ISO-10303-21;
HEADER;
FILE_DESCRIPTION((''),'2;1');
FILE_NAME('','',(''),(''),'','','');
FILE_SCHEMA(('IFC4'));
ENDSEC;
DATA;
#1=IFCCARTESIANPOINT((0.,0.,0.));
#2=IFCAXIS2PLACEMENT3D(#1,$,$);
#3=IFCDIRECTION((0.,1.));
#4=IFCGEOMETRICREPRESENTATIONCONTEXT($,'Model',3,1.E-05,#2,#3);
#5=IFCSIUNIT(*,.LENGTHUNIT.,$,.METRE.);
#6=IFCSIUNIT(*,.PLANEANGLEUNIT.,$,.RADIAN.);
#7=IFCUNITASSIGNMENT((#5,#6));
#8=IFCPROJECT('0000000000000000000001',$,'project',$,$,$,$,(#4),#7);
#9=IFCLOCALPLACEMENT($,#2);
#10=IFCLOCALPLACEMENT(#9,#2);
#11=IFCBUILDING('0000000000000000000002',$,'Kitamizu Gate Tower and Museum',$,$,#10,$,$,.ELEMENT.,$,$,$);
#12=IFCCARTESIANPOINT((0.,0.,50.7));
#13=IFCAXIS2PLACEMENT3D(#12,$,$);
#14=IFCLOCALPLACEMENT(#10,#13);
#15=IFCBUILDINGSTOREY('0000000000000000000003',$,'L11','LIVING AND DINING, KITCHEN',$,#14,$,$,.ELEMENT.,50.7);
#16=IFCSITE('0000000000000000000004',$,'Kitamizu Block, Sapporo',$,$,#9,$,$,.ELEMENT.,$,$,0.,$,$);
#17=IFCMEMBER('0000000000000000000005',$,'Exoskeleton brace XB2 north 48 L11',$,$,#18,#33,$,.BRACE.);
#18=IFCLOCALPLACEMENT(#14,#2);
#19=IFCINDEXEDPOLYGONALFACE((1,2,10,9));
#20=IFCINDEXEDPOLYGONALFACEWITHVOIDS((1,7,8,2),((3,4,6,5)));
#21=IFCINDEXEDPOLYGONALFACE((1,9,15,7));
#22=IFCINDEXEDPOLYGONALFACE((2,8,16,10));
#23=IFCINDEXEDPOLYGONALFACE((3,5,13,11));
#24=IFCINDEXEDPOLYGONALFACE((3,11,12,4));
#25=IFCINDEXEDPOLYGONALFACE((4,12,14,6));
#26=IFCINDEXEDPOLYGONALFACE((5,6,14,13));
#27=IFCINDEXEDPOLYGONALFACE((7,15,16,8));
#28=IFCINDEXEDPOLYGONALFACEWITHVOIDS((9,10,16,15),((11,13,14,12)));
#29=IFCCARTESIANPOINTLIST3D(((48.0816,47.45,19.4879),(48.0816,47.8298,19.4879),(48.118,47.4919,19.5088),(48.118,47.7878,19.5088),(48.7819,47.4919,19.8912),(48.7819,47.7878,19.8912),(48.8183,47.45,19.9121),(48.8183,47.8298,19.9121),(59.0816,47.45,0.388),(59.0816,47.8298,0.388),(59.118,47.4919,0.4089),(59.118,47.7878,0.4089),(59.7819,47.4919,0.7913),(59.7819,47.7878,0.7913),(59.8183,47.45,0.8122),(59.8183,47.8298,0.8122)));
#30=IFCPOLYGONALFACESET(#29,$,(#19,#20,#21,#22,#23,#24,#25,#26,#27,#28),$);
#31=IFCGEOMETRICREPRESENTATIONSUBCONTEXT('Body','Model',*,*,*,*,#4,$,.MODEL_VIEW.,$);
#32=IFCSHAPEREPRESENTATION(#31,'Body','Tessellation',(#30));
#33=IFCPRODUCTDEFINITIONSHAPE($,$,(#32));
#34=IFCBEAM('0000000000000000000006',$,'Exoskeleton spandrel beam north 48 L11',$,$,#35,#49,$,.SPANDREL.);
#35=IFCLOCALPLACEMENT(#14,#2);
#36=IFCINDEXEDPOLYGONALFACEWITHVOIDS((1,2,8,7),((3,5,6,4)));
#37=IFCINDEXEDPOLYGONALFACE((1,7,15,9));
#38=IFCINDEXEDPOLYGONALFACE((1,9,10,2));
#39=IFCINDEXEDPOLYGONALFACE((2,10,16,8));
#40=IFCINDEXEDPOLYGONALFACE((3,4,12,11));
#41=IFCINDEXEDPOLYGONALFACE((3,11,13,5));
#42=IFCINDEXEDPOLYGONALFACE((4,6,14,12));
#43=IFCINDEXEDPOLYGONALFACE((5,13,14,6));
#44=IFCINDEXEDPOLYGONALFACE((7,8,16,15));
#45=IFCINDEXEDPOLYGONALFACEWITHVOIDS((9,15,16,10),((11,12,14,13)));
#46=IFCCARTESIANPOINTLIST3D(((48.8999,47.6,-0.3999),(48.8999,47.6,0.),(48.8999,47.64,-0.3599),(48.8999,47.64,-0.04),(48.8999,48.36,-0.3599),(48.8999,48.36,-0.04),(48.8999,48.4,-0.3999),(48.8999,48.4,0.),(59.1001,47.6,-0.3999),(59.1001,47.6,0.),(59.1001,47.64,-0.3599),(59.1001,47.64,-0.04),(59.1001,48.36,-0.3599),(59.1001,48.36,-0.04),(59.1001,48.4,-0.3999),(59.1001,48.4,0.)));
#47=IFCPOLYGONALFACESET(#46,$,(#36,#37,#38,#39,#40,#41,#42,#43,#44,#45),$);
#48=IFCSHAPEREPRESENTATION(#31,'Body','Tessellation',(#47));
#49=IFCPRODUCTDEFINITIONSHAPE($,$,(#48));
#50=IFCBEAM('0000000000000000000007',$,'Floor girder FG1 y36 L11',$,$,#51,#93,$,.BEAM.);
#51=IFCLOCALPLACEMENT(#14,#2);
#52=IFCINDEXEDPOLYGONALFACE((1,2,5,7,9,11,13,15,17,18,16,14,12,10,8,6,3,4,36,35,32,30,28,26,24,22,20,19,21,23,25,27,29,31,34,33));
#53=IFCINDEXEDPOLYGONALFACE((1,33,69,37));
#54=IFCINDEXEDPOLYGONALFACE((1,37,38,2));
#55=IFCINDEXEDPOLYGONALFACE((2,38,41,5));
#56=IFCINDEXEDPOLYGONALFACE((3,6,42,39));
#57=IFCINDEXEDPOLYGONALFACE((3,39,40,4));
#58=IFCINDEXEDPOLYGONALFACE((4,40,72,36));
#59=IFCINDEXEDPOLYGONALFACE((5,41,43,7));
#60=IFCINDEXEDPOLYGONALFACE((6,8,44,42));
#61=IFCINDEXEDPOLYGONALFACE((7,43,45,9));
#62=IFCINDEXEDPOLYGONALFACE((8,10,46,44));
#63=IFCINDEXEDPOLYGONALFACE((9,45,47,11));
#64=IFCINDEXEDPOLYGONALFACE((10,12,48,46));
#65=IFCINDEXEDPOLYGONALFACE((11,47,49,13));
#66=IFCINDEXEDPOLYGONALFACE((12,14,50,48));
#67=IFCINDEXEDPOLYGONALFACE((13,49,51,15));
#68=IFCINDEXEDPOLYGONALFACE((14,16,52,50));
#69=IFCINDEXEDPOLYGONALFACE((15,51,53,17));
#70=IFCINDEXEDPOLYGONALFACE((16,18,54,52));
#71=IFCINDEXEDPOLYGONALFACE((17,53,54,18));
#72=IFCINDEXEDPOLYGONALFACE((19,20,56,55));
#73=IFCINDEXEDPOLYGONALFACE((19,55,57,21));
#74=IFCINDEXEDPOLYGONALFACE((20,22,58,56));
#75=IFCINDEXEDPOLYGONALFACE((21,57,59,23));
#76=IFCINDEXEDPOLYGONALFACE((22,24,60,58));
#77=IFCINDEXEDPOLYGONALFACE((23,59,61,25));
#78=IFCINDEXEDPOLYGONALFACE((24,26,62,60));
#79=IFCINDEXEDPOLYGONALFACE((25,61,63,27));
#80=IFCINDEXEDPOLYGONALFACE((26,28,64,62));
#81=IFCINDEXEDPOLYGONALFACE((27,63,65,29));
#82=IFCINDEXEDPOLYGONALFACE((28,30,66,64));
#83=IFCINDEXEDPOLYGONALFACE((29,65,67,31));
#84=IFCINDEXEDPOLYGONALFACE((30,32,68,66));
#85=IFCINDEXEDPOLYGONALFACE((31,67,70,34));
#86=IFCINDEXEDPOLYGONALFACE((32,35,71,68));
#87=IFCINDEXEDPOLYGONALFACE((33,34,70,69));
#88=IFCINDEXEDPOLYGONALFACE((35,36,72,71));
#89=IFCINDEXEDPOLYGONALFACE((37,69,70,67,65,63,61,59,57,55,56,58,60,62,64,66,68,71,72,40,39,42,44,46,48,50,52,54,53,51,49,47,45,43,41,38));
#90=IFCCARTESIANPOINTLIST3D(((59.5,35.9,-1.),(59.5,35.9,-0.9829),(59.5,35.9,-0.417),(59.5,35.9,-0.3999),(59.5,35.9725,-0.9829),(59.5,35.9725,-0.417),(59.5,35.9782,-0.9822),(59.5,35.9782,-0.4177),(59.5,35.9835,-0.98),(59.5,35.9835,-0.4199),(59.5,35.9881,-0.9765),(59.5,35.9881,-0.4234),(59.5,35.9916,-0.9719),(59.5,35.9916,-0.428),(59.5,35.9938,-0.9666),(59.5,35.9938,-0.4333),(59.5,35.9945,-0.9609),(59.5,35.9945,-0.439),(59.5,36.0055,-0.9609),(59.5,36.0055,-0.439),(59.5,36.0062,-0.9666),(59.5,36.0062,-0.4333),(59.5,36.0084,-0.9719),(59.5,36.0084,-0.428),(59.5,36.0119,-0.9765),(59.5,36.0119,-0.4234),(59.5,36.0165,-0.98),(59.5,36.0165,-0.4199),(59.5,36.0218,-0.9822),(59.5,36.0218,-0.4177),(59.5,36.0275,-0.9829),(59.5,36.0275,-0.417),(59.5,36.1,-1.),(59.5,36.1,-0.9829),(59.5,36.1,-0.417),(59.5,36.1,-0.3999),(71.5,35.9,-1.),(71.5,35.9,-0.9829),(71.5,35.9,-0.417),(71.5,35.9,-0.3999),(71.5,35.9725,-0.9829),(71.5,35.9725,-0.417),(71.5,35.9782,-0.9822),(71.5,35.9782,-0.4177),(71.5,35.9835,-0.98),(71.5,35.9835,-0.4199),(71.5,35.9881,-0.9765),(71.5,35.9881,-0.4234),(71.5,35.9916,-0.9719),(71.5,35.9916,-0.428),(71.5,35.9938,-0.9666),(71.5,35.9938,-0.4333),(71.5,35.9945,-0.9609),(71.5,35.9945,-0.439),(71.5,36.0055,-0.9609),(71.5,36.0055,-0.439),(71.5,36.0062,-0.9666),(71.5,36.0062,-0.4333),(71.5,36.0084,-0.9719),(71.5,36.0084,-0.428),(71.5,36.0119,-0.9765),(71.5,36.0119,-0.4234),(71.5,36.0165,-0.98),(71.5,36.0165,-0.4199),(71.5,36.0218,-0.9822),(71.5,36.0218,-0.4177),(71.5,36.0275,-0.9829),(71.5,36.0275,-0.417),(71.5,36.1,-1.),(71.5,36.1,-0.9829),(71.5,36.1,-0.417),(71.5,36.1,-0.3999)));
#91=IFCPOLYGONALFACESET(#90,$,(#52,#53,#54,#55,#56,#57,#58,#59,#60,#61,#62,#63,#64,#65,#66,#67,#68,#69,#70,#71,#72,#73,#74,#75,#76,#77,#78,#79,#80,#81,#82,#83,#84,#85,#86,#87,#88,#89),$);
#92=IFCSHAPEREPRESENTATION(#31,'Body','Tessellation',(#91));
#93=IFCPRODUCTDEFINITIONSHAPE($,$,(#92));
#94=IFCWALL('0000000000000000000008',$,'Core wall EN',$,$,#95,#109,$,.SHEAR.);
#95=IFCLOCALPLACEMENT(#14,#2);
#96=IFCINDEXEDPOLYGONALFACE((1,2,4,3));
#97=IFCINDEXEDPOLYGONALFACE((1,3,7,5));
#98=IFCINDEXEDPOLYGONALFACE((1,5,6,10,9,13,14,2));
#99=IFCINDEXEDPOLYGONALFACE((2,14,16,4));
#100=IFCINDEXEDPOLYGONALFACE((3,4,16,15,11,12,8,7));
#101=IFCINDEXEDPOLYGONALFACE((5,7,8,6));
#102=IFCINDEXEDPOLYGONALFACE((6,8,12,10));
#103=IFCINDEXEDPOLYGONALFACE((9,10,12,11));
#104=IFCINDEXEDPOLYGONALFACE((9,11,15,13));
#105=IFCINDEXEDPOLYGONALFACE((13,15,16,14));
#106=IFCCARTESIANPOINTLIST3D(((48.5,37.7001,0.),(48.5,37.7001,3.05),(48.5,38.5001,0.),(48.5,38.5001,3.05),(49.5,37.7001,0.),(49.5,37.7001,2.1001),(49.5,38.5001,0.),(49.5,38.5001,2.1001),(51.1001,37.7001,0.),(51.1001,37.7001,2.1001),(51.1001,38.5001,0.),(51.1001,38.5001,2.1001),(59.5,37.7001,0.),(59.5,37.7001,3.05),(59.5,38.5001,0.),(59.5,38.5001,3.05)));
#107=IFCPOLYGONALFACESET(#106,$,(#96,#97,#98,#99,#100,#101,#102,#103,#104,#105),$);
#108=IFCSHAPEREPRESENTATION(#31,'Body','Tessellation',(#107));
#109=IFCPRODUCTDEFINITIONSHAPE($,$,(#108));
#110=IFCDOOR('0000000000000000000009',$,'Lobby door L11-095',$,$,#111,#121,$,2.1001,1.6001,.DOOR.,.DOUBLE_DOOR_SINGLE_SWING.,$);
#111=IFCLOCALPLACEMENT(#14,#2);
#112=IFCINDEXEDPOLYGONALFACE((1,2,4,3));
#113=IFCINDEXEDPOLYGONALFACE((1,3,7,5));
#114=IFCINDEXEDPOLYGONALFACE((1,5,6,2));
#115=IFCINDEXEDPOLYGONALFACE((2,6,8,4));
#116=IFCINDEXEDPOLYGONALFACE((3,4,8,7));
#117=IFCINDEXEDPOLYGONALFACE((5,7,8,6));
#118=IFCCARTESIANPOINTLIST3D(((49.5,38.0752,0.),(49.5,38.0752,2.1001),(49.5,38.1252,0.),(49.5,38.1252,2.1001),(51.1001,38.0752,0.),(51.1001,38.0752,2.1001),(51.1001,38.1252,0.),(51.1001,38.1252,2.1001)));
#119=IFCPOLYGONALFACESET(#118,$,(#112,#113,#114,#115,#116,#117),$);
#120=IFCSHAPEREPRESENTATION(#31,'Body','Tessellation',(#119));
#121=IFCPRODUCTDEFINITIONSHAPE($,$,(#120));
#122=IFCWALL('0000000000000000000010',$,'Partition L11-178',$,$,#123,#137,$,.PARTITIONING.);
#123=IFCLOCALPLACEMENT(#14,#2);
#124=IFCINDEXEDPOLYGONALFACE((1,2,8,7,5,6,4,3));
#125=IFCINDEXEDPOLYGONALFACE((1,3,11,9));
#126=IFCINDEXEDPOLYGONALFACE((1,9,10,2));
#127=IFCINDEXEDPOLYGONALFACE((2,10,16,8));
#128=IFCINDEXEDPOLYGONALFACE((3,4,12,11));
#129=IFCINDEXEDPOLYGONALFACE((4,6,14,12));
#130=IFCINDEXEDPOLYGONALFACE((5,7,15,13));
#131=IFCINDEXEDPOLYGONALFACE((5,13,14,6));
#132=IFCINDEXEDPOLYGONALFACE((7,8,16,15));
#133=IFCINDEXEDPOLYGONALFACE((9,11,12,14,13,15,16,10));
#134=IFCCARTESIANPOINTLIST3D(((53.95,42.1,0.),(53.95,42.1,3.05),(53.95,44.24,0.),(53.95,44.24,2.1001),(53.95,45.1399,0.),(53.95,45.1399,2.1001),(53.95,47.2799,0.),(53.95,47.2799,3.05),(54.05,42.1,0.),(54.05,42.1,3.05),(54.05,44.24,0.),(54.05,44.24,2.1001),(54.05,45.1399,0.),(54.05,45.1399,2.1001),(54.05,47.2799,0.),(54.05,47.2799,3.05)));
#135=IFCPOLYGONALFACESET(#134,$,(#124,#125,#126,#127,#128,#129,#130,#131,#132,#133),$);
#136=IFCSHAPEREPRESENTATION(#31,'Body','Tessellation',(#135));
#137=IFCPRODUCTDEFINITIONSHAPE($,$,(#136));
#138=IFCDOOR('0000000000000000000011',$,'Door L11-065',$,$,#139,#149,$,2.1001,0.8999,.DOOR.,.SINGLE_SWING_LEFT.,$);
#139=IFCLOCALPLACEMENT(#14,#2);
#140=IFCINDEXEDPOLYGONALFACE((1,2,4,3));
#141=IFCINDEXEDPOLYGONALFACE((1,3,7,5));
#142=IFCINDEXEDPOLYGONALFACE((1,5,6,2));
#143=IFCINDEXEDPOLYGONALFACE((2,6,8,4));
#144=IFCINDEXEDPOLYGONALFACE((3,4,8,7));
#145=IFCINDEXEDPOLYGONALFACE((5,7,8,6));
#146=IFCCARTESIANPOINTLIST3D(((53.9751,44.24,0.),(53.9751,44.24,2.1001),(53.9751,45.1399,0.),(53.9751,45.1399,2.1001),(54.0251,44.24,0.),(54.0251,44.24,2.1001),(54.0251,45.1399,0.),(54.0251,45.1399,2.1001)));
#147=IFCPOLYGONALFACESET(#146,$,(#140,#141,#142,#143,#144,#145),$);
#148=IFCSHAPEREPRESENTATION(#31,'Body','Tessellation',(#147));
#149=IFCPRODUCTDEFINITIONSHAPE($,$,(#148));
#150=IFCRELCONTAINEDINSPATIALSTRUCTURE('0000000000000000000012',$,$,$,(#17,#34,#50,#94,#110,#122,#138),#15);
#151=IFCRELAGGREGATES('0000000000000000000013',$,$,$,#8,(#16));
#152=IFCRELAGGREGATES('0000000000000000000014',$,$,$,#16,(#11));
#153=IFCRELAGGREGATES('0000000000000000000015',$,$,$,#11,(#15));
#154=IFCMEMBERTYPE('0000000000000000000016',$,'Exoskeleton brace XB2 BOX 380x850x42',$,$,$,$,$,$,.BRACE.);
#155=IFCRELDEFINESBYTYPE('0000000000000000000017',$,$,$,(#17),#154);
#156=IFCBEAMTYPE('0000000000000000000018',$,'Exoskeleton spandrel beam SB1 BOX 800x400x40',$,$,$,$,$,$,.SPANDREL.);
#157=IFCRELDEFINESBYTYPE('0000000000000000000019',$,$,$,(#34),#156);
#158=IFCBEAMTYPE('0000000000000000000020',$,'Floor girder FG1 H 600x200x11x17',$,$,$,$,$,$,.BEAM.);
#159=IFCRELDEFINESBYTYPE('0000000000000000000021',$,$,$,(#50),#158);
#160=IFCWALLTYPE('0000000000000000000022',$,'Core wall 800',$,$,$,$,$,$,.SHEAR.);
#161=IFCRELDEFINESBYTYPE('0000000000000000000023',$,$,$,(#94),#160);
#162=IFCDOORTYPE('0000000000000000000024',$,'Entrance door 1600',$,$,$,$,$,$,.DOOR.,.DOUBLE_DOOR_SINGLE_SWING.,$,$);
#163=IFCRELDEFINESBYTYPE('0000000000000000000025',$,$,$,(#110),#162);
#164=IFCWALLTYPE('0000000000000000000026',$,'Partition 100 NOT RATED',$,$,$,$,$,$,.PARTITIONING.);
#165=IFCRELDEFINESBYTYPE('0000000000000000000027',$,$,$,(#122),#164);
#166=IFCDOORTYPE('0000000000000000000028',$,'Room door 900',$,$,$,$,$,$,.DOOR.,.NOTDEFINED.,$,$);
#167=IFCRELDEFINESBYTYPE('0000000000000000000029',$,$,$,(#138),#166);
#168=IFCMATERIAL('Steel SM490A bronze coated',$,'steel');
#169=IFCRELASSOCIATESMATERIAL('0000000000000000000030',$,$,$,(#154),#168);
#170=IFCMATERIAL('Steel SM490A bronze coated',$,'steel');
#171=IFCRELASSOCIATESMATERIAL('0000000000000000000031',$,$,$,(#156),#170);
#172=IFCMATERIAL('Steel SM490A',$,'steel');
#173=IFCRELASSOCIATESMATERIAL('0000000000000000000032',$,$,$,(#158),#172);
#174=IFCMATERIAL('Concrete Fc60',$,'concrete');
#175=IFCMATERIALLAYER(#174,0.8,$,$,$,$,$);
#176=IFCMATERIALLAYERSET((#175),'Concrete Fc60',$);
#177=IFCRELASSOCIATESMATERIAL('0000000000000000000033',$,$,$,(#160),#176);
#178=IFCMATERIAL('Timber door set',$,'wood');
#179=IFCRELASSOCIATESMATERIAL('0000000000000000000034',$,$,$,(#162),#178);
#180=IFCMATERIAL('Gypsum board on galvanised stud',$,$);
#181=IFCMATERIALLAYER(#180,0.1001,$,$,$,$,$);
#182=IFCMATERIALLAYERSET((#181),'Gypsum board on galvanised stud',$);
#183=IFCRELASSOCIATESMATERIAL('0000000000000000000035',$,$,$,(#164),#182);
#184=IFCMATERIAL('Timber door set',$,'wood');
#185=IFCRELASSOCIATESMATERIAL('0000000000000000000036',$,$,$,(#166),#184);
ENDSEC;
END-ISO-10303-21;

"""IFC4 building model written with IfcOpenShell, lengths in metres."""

from ifc_helpers import new_model, si_unit, direction, frame, frame_2d, origin, origin_2d, place, context, subcontext, project, spatial, rectangle, hollow_rectangle, i_section, extrude, material, layer, layer_set, material_profile, profile_set, type_object, element, fill, save


model = new_model("IFC4")

# Units and contexts
model_context = context("Model", 3, precision=1e-05, world=origin(), true_north=direction((0.0, 1.0)))
body_context = subcontext(model_context, "Body", "Model", "MODEL_VIEW")
ifc_project = project(units=[si_unit("LENGTHUNIT", "METRE"), si_unit("PLANEANGLEUNIT", "RADIAN")], contexts=[model_context])

# Site, building, storey
site_placement = place(None, origin())
site = spatial("IfcSite", under=ifc_project, at=site_placement, Name="Kitamizu Block, Sapporo", CompositionType="ELEMENT", RefElevation=0.0)
building_placement = place(site_placement, origin())
building = spatial("IfcBuilding", under=site, at=building_placement, Name="Kitamizu Gate Tower and Museum", CompositionType="ELEMENT")
storey_placement = place(building_placement, frame((0.0, 0.0, 50.7)))
storey = spatial("IfcBuildingStorey", under=building, at=storey_placement, Name="L11", Description="LIVING AND DINING, KITCHEN", CompositionType="ELEMENT", Elevation=50.7)

# Member
ifc_material_1 = material(Name="Steel SM490A bronze coated", Category="steel")
ifc_material_profile_1 = material_profile(ifc_material_1, hollow_rectangle(XDim=0.3799, YDim=0.8501, WallThickness=0.042, at=origin_2d()), Name="BOX 380x850x42")
ifc_profile_set_1 = profile_set([ifc_material_profile_1], Name="Steel SM490A bronze coated")
member_type = type_object("IfcMemberType", Name="Exoskeleton brace XB2 BOX 380x850x42", PredefinedType="BRACE", material=ifc_profile_set_1)
member_placement = place(storey_placement, frame((59.45, 47.6399, 0.6001), z_axis=(-0.499071, 0.0, 0.866561), x_axis=(0.0, -1.0, 0.0)))
element("IfcMember", 1, at=member_placement, inside=storey, type_object=member_type, Name="Exoskeleton brace XB2 north 48 L11", PredefinedType="BRACE", context=body_context, shape_type="SweptSolid", body=[
    extrude(hollow_rectangle(XDim=0.3799, YDim=0.8501, WallThickness=0.042, at=origin_2d()), origin(), (0.0, 0.0, 1.0), 22.041),
])

# Beams
ifc_material_2 = material(Name="Steel SM490A bronze coated", Category="steel")
ifc_material_profile_2 = material_profile(ifc_material_2, hollow_rectangle(XDim=0.8, YDim=0.3999, WallThickness=0.04, at=origin_2d()), Name="BOX 800x400x40")
ifc_profile_set_2 = profile_set([ifc_material_profile_2], Name="Steel SM490A bronze coated")
beam_type_1 = type_object("IfcBeamType", Name="Exoskeleton spandrel beam SB1 BOX 800x400x40", PredefinedType="SPANDREL", material=ifc_profile_set_2)
beam_1_placement = place(storey_placement, frame((48.8999, 48.0, -0.2), z_axis=(1.0, 0.0, 0.0), x_axis=(0.0, 1.0, 0.0)))
element("IfcBeam", 2, at=beam_1_placement, inside=storey, type_object=beam_type_1, Name="Exoskeleton spandrel beam north 48 L11", PredefinedType="SPANDREL", context=body_context, shape_type="SweptSolid", body=[
    extrude(hollow_rectangle(XDim=0.8, YDim=0.3999, WallThickness=0.04, at=origin_2d()), origin(), (0.0, 0.0, 1.0), 10.2002),
])
ifc_material_3 = material(Name="Steel SM490A", Category="steel")
ifc_material_profile_3 = material_profile(ifc_material_3, i_section(OverallWidth=0.2, OverallDepth=0.6001, WebThickness=0.011, FlangeThickness=0.0171, FilletRadius=0.022, at=origin_2d()), Name="H-600x200x11x17")
ifc_profile_set_3 = profile_set([ifc_material_profile_3], Name="Steel SM490A")
beam_type_2 = type_object("IfcBeamType", Name="Floor girder FG1 H 600x200x11x17", PredefinedType="BEAM", material=ifc_profile_set_3)
beam_2_placement = place(storey_placement, frame((59.5, 36.0, -0.7), z_axis=(1.0, 0.0, 0.0), x_axis=(0.0, 1.0, 0.0)))
element("IfcBeam", 3, at=beam_2_placement, inside=storey, type_object=beam_type_2, Name="Floor girder FG1 y36 L11", PredefinedType="BEAM", context=body_context, shape_type="SweptSolid", body=[
    extrude(i_section(OverallWidth=0.2, OverallDepth=0.6001, WebThickness=0.011, FlangeThickness=0.0171, FilletRadius=0.022, at=origin_2d()), origin(), (0.0, 0.0, 1.0), 12.0),
])

# Walls, openings, doors
ifc_material_4 = material(Name="Concrete Fc60", Category="concrete")
ifc_layer_1 = layer(ifc_material_4, 0.8)
ifc_layer_set_1 = layer_set([ifc_layer_1], Name="Concrete Fc60")
wall_type_1 = type_object("IfcWallType", Name="Core wall 800", PredefinedType="SHEAR", material=ifc_layer_set_1)
wall_1_placement = place(storey_placement, frame((59.5, 38.1001, 0.0), z_axis=(0.0, 0.0, 1.0), x_axis=(-1.0, 0.0, 0.0)))
wall_1 = element("IfcWall", 4, at=wall_1_placement, inside=storey, type_object=wall_type_1, Name="Core wall EN", PredefinedType="SHEAR", context=body_context, shape_type="SweptSolid", body=[
    extrude(rectangle(XDim=11.0, YDim=0.8, at=frame_2d((5.5, 0.0))), origin(), (0.0, 0.0, 1.0), 3.05),
])
opening_1_placement = place(wall_1_placement, frame((8.3999, 0.0, 0.0)))
opening_1 = element("IfcOpeningElement", 5, at=opening_1_placement, cuts=wall_1, PredefinedType="OPENING", context=body_context, shape_type="SweptSolid", body=[
    extrude(rectangle(XDim=1.6001, YDim=2.1001, at=frame_2d((0.8, 1.05))), frame((0.0, 0.4102, 0.0), z_axis=(0.0, -1.0, 0.0), x_axis=(1.0, 0.0, 0.0)), (0.0, 0.0, 1.0), 0.8201),
])
ifc_material_5 = material(Name="Timber door set", Category="wood")
door_type_1 = type_object("IfcDoorType", Name="Entrance door 1600", OperationType="DOUBLE_DOOR_SINGLE_SWING", PredefinedType="DOOR", material=ifc_material_5)
door_1_placement = place(opening_1_placement, origin())
door_1 = element("IfcDoor", 6, at=door_1_placement, inside=storey, type_object=door_type_1, Name="Lobby door L11-095", OperationType="DOUBLE_DOOR_SINGLE_SWING", OverallHeight=2.1001, OverallWidth=1.6001, PredefinedType="DOOR", context=body_context, shape_type="SweptSolid", body=[
    extrude(rectangle(XDim=1.6001, YDim=2.1001, at=frame_2d((0.8, 1.05))), frame((0.0, 0.0249, 0.0), z_axis=(0.0, -1.0, 0.0), x_axis=(1.0, 0.0, 0.0)), (0.0, 0.0, 1.0), 0.05),
])
fill(opening_1, door_1)
ifc_material_6 = material(Name="Gypsum board on galvanised stud")
ifc_layer_2 = layer(ifc_material_6, 0.1001)
ifc_layer_set_2 = layer_set([ifc_layer_2], Name="Gypsum board on galvanised stud")
wall_type_2 = type_object("IfcWallType", Name="Partition 100 NOT RATED", PredefinedType="PARTITIONING", material=ifc_layer_set_2)
wall_2_placement = place(storey_placement, frame((54.0, 42.1001, 0.0), z_axis=(0.0, 0.0, 1.0), x_axis=(0.0, 1.0, 0.0)))
wall_2 = element("IfcWall", 7, at=wall_2_placement, inside=storey, type_object=wall_type_2, Name="Partition L11-178", PredefinedType="PARTITIONING", context=body_context, shape_type="SweptSolid", body=[
    extrude(rectangle(XDim=5.1799, YDim=0.1001, at=frame_2d((2.5898, 0.0))), origin(), (0.0, 0.0, 1.0), 3.05),
])
opening_2_placement = place(wall_2_placement, frame((2.1399, 0.0, 0.0)))
opening_2 = element("IfcOpeningElement", 8, at=opening_2_placement, cuts=wall_2, PredefinedType="OPENING", context=body_context, shape_type="SweptSolid", body=[
    extrude(rectangle(XDim=0.8999, YDim=2.1001, at=frame_2d((0.45, 1.05))), frame((0.0, 0.0601, 0.0), z_axis=(0.0, -1.0, 0.0), x_axis=(1.0, 0.0, 0.0)), (0.0, 0.0, 1.0), 0.1201),
])
ifc_material_7 = material(Name="Timber door set", Category="wood")
door_type_2 = type_object("IfcDoorType", Name="Room door 900", OperationType="NOTDEFINED", PredefinedType="DOOR", material=ifc_material_7)
door_2_placement = place(opening_2_placement, origin())
door_2 = element("IfcDoor", 9, at=door_2_placement, inside=storey, type_object=door_type_2, Name="Door L11-065", OperationType="SINGLE_SWING_LEFT", OverallHeight=2.1001, OverallWidth=0.8999, PredefinedType="DOOR", context=body_context, shape_type="SweptSolid", body=[
    extrude(rectangle(XDim=0.8999, YDim=2.1001, at=frame_2d((0.45, 1.05))), frame((0.0, 0.0249, 0.0), z_axis=(0.0, -1.0, 0.0), x_axis=(1.0, 0.0, 0.0)), (0.0, 0.0, 1.0), 0.05),
])
fill(opening_2, door_2)

save(model, "model.ifc")
